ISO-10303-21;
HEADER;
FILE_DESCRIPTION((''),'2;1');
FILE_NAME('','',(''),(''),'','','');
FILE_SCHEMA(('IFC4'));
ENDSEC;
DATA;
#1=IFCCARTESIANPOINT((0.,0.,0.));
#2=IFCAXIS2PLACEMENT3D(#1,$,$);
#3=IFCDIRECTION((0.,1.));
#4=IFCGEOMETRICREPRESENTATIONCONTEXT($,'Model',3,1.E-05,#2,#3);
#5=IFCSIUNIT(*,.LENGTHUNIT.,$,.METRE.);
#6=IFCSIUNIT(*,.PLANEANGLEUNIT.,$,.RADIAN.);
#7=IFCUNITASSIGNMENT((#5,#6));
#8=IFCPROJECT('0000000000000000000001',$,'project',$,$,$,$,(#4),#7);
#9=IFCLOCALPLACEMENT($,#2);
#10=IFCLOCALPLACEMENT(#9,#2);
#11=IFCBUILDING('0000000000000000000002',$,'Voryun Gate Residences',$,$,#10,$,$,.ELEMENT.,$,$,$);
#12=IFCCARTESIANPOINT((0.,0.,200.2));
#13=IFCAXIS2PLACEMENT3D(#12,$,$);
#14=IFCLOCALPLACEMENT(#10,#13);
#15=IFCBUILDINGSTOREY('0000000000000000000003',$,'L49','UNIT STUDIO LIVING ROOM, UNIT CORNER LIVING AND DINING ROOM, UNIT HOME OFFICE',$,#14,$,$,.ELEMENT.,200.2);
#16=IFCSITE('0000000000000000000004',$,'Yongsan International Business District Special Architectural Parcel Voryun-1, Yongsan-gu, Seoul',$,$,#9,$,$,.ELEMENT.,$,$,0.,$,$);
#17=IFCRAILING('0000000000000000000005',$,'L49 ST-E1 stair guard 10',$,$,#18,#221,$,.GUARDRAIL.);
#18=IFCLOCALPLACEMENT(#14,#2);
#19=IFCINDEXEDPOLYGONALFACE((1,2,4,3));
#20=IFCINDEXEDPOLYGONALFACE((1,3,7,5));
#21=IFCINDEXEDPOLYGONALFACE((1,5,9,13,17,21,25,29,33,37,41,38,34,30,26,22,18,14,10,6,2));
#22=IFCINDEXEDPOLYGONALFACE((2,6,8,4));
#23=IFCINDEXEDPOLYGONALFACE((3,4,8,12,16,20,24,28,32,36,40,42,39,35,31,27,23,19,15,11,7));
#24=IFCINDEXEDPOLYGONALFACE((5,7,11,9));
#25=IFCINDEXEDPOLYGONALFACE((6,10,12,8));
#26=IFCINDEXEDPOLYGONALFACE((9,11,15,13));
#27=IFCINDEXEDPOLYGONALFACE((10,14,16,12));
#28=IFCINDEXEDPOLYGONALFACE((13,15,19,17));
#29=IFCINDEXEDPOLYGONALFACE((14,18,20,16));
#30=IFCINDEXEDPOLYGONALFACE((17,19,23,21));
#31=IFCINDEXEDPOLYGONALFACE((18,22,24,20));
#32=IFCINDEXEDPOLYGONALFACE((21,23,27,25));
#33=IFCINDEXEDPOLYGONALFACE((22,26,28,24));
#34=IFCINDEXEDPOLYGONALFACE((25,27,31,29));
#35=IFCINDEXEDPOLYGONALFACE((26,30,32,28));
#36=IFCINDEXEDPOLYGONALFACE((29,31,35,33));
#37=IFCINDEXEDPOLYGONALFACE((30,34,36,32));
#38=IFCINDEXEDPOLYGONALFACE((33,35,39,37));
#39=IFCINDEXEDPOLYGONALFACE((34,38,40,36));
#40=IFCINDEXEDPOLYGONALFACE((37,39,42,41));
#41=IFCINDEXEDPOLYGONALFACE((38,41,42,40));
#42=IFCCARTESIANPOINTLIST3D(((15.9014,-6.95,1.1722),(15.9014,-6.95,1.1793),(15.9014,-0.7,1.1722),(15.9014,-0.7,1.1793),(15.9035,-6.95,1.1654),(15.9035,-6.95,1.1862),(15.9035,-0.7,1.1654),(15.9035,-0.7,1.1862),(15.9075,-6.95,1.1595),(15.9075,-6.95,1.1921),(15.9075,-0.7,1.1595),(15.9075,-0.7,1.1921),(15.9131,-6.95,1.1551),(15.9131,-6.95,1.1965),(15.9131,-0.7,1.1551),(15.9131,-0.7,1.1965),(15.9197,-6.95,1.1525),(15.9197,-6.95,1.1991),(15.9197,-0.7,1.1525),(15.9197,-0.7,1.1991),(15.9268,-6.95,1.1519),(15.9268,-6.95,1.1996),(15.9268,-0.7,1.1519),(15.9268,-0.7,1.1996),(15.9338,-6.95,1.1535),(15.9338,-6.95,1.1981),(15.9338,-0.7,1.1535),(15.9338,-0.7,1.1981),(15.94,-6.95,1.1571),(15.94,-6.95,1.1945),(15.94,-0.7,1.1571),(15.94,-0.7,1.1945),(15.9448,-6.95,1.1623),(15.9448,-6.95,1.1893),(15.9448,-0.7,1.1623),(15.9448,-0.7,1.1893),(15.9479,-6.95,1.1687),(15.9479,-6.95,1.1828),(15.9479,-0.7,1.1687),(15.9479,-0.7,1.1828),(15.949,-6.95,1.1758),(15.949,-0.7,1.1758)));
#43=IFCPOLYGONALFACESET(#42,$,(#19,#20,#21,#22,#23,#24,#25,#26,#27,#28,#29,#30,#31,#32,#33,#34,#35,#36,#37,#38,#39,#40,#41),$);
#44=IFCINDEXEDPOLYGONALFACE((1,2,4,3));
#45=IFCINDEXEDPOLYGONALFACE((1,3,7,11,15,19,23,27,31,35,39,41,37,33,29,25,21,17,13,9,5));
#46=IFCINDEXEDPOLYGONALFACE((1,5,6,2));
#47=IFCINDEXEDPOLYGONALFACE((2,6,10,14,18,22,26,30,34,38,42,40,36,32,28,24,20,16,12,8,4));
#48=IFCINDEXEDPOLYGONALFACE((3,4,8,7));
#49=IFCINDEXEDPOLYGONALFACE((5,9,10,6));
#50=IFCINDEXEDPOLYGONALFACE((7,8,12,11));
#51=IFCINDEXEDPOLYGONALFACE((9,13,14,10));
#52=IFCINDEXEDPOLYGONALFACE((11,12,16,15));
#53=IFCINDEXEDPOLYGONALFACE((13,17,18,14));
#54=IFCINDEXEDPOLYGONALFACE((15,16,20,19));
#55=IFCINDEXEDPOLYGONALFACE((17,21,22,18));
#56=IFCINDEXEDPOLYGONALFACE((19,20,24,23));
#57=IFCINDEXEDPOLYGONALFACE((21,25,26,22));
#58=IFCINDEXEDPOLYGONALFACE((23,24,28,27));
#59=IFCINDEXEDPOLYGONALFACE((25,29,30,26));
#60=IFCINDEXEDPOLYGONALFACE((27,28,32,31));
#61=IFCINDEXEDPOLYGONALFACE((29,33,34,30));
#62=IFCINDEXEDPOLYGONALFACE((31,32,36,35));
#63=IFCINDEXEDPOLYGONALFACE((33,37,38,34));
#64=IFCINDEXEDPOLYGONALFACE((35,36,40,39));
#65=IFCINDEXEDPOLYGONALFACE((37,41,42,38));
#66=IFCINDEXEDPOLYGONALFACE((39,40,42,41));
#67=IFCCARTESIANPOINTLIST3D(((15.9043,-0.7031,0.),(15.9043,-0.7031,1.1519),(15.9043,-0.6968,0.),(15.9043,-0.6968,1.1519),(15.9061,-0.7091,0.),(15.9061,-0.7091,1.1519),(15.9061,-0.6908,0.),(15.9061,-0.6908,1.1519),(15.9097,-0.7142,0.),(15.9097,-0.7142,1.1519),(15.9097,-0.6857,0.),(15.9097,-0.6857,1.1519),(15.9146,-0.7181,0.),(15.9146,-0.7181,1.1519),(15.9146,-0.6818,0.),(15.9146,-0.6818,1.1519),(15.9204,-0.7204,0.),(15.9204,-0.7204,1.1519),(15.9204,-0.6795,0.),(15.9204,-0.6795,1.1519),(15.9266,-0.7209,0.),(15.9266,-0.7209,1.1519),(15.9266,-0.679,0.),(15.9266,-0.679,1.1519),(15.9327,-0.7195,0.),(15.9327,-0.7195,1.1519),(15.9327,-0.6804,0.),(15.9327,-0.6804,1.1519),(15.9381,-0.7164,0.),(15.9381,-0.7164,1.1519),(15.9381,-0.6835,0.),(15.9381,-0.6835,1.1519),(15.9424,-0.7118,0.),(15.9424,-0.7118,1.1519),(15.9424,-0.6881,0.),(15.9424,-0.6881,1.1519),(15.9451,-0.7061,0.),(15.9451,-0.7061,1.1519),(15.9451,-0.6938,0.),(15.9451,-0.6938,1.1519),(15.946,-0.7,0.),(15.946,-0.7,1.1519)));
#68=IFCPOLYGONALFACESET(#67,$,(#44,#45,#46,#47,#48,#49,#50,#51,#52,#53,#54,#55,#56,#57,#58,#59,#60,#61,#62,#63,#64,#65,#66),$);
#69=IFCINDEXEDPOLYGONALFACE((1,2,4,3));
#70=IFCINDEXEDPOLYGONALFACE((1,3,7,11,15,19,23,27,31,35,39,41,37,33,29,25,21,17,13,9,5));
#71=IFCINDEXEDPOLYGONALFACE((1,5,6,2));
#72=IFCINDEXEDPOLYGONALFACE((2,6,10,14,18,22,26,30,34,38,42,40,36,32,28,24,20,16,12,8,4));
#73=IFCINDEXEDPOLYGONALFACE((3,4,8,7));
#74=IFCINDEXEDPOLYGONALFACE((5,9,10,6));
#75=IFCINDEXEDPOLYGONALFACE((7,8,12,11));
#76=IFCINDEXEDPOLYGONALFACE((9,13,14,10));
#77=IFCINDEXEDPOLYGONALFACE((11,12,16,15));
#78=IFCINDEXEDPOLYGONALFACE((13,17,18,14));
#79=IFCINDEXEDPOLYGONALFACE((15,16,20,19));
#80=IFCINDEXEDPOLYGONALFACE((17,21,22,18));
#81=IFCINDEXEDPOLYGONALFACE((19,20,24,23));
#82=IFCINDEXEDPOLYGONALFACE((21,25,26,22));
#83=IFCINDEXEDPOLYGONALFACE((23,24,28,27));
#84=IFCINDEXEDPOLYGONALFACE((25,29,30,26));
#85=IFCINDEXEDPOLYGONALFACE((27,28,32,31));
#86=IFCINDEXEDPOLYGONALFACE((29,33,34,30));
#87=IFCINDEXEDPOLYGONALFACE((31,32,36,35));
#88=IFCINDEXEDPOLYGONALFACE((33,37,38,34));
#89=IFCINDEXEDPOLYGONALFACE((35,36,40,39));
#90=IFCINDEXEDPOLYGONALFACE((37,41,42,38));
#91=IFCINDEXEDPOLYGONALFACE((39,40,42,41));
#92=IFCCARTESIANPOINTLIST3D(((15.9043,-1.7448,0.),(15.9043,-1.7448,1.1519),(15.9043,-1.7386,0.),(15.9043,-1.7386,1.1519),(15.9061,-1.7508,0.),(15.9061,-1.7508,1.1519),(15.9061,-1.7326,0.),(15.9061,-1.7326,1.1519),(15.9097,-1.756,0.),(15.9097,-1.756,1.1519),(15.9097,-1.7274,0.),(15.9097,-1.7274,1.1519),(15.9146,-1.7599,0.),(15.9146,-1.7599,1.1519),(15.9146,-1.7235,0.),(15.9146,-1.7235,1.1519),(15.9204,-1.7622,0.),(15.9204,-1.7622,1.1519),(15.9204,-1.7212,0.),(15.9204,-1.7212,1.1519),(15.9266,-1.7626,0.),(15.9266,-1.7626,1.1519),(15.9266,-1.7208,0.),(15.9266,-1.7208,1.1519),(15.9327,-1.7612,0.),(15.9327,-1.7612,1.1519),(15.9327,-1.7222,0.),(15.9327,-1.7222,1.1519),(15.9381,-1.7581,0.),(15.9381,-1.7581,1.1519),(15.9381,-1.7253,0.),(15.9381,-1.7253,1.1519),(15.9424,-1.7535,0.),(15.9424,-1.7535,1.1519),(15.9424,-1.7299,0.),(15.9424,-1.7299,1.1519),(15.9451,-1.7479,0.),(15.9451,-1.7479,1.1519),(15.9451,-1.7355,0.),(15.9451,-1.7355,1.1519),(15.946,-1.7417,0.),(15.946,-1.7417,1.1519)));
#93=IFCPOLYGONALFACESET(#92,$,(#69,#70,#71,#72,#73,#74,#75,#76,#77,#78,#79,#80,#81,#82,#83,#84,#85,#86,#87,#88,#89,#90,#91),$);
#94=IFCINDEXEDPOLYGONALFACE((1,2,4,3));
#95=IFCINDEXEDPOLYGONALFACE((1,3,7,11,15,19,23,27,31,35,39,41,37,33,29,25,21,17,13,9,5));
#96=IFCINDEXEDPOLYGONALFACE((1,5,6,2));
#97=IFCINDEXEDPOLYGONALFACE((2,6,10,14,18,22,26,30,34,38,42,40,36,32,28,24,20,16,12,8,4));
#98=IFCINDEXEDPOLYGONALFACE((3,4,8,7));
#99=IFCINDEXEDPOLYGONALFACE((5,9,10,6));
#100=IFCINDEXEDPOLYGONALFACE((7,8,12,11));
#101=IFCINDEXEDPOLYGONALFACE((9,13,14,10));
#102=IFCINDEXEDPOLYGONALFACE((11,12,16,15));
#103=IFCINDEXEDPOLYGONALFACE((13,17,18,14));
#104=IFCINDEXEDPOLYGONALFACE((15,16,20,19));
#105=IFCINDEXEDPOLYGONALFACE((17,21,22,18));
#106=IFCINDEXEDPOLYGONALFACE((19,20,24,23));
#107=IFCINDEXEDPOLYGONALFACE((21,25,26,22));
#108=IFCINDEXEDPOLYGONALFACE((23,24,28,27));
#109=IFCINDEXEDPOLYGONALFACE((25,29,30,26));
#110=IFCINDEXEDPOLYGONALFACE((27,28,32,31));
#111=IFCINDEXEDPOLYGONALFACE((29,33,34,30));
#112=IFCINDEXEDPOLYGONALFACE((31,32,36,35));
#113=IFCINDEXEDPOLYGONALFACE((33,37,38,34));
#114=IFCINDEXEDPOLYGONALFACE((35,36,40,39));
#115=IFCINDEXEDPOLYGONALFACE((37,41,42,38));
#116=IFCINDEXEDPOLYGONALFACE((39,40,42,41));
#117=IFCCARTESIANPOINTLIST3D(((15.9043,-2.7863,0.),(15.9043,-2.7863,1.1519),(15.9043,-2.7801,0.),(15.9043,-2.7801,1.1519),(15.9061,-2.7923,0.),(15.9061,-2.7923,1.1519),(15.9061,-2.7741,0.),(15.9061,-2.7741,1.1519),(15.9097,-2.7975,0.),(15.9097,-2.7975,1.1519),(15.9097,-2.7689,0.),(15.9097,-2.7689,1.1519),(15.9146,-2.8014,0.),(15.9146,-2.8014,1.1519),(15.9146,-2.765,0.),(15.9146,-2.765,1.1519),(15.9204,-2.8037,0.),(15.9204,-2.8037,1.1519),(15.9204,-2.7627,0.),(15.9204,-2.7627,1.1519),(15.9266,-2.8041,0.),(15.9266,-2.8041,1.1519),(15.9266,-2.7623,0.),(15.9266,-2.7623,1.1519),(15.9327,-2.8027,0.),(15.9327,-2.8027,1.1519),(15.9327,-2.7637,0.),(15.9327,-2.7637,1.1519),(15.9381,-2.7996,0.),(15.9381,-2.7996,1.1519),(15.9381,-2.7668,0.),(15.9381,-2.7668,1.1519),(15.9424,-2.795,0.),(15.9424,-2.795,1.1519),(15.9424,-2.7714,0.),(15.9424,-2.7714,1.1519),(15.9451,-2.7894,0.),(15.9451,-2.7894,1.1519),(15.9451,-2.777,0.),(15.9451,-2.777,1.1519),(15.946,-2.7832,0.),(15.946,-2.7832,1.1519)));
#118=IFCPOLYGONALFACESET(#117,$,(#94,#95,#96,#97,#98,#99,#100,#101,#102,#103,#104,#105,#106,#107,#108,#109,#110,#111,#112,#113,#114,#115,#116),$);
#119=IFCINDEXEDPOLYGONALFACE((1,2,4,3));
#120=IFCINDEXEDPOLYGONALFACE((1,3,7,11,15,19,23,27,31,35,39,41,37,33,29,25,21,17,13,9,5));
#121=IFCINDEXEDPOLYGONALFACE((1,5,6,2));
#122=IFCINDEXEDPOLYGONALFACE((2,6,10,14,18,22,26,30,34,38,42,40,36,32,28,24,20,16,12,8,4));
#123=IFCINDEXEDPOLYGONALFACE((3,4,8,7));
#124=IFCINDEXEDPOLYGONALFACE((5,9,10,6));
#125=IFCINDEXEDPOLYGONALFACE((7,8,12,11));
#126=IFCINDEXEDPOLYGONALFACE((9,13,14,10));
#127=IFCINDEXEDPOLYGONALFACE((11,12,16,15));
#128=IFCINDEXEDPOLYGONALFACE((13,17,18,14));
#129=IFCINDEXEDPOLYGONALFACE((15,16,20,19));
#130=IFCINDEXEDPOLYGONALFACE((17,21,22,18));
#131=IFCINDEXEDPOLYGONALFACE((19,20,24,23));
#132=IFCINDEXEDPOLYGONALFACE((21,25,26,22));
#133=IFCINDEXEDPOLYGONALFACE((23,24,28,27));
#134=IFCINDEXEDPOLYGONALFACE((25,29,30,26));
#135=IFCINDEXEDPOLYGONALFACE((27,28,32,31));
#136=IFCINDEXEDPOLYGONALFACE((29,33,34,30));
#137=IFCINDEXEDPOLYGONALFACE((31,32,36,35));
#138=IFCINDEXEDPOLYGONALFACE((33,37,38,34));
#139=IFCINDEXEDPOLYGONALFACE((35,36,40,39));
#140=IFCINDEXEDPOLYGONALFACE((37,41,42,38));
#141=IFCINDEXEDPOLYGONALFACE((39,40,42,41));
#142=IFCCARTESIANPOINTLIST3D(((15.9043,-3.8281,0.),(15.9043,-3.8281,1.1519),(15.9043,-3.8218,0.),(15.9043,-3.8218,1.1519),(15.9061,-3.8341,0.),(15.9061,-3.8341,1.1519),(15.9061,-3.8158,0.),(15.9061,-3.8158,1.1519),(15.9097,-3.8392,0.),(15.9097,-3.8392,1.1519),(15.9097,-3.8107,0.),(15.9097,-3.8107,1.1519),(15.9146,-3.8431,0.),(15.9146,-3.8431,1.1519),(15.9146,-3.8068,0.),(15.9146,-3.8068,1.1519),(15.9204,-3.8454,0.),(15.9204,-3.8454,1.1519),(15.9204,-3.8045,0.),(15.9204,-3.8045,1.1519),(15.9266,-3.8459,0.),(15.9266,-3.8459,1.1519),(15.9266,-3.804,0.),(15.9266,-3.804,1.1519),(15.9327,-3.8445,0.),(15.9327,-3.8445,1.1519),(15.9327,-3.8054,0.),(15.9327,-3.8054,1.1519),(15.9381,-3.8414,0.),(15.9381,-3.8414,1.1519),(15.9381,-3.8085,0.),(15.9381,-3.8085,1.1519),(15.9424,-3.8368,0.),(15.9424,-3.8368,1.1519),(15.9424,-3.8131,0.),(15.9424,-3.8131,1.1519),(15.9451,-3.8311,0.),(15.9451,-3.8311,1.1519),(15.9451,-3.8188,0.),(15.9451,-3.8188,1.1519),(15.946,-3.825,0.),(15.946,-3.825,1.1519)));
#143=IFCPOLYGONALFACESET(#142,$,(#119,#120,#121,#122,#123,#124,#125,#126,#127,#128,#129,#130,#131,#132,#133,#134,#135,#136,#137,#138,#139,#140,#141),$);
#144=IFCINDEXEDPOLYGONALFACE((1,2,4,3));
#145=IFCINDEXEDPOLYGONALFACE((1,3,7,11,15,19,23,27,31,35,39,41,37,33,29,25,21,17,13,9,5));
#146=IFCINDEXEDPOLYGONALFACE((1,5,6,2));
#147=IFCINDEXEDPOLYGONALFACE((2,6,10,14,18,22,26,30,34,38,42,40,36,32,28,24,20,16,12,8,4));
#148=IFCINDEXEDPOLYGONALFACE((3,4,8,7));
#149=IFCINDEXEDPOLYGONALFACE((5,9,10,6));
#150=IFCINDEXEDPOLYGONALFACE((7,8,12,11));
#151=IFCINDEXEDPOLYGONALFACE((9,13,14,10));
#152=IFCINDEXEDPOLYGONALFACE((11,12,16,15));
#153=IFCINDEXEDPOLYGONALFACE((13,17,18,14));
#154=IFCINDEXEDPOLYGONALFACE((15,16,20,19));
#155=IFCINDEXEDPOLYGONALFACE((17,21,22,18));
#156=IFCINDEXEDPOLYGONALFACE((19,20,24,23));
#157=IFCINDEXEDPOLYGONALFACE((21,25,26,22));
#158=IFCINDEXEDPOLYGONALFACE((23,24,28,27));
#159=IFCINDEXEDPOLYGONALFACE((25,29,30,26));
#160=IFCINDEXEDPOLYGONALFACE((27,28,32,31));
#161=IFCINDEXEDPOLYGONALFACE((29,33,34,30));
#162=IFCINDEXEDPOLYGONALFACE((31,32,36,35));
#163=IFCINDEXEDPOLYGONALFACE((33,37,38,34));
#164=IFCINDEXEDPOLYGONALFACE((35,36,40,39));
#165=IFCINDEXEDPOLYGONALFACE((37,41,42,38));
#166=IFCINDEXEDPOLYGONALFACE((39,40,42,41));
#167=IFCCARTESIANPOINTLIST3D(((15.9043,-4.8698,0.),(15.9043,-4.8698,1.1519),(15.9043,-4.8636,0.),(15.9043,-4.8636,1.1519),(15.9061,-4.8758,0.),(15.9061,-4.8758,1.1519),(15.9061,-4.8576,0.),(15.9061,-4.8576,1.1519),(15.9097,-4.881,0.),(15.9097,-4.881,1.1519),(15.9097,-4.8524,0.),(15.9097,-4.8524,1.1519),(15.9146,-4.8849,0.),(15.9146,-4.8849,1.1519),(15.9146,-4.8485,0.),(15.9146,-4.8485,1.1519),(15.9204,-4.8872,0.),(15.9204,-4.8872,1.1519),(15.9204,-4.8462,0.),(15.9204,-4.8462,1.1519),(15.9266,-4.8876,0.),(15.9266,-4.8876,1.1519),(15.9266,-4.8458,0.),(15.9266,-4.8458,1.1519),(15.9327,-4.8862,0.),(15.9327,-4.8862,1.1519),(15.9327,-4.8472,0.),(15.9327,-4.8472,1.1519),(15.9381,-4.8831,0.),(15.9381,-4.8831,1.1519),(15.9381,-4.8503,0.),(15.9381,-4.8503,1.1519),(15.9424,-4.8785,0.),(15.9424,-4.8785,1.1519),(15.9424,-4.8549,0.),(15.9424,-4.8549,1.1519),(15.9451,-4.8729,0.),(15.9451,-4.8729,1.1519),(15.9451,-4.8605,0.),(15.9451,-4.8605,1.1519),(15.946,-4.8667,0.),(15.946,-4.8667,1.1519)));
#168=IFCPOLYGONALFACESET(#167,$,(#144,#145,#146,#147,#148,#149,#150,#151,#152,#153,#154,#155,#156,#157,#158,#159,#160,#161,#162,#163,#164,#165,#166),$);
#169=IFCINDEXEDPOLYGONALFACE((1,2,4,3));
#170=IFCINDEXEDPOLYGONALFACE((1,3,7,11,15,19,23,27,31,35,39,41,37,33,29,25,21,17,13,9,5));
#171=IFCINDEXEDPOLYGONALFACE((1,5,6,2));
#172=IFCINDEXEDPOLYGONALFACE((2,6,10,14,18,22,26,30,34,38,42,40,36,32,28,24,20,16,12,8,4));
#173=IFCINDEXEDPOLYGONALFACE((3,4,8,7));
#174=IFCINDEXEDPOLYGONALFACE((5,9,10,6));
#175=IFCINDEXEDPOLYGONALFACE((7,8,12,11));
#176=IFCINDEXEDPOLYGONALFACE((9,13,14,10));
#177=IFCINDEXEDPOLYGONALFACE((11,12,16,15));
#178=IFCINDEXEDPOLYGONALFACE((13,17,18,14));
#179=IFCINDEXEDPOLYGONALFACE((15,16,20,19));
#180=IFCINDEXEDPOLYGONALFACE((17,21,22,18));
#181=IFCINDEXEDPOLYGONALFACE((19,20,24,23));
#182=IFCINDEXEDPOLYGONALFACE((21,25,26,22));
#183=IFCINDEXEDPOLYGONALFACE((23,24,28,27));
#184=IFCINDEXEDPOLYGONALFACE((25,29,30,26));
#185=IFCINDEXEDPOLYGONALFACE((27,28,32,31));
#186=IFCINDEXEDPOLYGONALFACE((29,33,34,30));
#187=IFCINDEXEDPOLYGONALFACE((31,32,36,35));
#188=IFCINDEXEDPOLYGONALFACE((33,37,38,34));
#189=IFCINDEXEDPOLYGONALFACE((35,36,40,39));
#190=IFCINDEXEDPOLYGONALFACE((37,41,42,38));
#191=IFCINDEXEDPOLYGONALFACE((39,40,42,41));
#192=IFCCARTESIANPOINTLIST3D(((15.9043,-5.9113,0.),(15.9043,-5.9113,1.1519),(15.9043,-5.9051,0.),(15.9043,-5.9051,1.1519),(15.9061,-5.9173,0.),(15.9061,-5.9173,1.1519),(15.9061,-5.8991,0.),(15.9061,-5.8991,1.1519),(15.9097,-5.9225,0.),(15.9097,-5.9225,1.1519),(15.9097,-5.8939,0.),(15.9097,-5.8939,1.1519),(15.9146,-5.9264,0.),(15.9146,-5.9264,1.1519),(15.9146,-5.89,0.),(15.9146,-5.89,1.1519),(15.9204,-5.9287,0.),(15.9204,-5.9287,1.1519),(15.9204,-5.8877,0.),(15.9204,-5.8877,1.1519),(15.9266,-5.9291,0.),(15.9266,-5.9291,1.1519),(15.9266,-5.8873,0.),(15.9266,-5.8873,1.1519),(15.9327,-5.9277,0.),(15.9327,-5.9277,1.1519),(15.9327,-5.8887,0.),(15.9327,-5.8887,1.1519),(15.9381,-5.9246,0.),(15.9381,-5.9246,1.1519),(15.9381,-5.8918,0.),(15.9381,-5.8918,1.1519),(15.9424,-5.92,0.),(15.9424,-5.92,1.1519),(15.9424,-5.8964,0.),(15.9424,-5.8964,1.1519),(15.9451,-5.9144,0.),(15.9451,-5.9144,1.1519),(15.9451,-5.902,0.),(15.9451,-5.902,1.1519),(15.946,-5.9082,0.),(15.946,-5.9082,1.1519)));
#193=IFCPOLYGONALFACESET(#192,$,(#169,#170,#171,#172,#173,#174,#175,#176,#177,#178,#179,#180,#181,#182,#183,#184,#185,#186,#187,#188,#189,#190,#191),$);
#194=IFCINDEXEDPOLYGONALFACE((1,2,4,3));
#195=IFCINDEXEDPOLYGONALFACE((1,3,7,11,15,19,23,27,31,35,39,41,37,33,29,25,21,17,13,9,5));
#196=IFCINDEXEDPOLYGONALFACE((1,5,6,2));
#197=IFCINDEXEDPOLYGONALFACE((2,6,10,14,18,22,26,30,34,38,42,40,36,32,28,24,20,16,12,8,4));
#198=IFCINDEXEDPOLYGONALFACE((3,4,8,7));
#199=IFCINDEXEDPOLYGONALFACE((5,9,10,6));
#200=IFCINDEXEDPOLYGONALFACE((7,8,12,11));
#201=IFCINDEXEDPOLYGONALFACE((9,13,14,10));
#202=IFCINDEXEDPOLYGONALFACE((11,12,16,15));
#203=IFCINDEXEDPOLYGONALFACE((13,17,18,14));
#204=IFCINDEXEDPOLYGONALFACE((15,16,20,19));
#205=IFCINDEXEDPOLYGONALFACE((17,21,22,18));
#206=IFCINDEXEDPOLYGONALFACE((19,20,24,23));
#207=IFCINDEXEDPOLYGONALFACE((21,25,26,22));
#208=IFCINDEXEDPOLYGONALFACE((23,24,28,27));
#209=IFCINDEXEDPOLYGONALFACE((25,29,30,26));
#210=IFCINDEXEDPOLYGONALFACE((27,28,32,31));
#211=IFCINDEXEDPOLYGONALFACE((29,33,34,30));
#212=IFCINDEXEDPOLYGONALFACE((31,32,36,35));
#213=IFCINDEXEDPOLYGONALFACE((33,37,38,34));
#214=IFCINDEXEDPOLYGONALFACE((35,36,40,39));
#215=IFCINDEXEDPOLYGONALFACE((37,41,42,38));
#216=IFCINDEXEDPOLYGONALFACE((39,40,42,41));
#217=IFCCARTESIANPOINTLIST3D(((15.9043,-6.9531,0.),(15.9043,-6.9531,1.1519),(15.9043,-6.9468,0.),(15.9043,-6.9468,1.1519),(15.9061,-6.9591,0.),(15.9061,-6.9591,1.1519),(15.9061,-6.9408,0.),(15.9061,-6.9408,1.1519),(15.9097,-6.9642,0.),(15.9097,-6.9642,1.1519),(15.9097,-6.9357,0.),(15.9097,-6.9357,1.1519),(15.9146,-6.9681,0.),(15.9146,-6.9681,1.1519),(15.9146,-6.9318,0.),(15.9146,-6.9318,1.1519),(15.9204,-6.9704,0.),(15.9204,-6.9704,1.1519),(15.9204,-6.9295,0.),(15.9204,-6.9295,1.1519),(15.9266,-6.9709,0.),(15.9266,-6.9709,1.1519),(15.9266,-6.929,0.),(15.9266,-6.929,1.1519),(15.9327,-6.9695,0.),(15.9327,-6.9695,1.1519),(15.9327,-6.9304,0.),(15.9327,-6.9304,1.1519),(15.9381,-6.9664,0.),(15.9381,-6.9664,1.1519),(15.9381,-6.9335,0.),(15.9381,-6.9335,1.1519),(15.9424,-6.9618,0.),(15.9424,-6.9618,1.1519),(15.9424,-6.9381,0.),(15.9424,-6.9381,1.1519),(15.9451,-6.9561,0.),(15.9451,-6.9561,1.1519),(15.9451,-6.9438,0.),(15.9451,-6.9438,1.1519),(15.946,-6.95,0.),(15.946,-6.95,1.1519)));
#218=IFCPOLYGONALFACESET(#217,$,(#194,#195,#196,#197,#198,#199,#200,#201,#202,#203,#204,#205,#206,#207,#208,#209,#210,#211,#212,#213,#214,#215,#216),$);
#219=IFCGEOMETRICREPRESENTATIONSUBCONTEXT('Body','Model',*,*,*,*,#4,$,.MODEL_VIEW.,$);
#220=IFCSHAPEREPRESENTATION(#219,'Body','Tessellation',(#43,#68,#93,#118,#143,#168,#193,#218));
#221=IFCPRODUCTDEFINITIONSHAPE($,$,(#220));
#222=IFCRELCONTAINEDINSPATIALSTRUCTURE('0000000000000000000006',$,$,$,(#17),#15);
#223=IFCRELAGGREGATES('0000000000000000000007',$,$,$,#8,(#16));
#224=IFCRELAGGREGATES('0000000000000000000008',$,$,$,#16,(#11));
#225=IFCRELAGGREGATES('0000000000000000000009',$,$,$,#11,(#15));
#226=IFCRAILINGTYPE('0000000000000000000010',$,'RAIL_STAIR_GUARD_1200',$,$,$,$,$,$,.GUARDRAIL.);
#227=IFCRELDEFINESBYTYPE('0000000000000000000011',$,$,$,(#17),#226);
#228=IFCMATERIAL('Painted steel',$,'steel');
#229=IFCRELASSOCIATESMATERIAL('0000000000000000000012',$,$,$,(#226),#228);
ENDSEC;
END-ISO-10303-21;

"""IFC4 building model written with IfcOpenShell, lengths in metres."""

from ifc_helpers import new_model, si_unit, direction, frame, origin, origin_2d, place, context, subcontext, project, spatial, circle, extrude, material, type_object, element, save


model = new_model("IFC4")

# Units and contexts
model_context = context("Model", 3, precision=1e-05, world=origin(), true_north=direction((0.0, 1.0)))
body_context = subcontext(model_context, "Body", "Model", "MODEL_VIEW")
ifc_project = project(units=[si_unit("LENGTHUNIT", "METRE"), si_unit("PLANEANGLEUNIT", "RADIAN")], contexts=[model_context])

# Site, building, storey
site_placement = place(None, origin())
site = spatial("IfcSite", under=ifc_project, at=site_placement, Name="Yongsan International Business District Special Architectural Parcel Voryun-1, Yongsan-gu, Seoul", CompositionType="ELEMENT", RefElevation=0.0)
building_placement = place(site_placement, origin())
building = spatial("IfcBuilding", under=site, at=building_placement, Name="Voryun Gate Residences", CompositionType="ELEMENT")
storey_placement = place(building_placement, frame((0.0, 0.0, 200.2)))
storey = spatial("IfcBuildingStorey", under=building, at=storey_placement, Name="L49", Description="UNIT STUDIO LIVING ROOM, UNIT CORNER LIVING AND DINING ROOM, UNIT HOME OFFICE", CompositionType="ELEMENT", Elevation=200.2)

# Railing
ifc_material_1 = material(Name="Painted steel", Category="steel")
railing_type_1 = type_object("IfcRailingType", Name="RAIL_STAIR_GUARD_1200", PredefinedType="GUARDRAIL", material=ifc_material_1)
railing_1_placement = place(storey_placement, frame((15.925, -0.7, 0.0)))
element("IfcRailing", 1, at=railing_1_placement, inside=storey, type_object=railing_type_1, Name="L49 ST-E1 stair guard 10", PredefinedType="GUARDRAIL", context=body_context, shape_type="SweptSolid", body=[
    extrude(circle(Radius=0.0239, at=origin_2d()), frame((0.0, 0.0, 1.1758), z_axis=(0.0, -1.0, 0.0), x_axis=(1.0, 0.0, 0.0)), (0.0, 0.0, 1.0), 6.25),
    extrude(circle(Radius=0.021, at=origin_2d()), origin(), (0.0, 0.0, 1.0), 1.1519),
    extrude(circle(Radius=0.021, at=origin_2d()), frame((0.0, -1.0417, 0.0)), (0.0, 0.0, 1.0), 1.1519),
    extrude(circle(Radius=0.021, at=origin_2d()), frame((0.0, -2.0833, 0.0)), (0.0, 0.0, 1.0), 1.1519),
    extrude(circle(Radius=0.021, at=origin_2d()), frame((0.0, -3.125, 0.0)), (0.0, 0.0, 1.0), 1.1519),
    extrude(circle(Radius=0.021, at=origin_2d()), frame((0.0, -4.1667, 0.0)), (0.0, 0.0, 1.0), 1.1519),
    extrude(circle(Radius=0.021, at=origin_2d()), frame((0.0, -5.2083, 0.0)), (0.0, 0.0, 1.0), 1.1519),
    extrude(circle(Radius=0.021, at=origin_2d()), frame((0.0, -6.25, 0.0)), (0.0, 0.0, 1.0), 1.1519),
])

save(model, "model.ifc")
